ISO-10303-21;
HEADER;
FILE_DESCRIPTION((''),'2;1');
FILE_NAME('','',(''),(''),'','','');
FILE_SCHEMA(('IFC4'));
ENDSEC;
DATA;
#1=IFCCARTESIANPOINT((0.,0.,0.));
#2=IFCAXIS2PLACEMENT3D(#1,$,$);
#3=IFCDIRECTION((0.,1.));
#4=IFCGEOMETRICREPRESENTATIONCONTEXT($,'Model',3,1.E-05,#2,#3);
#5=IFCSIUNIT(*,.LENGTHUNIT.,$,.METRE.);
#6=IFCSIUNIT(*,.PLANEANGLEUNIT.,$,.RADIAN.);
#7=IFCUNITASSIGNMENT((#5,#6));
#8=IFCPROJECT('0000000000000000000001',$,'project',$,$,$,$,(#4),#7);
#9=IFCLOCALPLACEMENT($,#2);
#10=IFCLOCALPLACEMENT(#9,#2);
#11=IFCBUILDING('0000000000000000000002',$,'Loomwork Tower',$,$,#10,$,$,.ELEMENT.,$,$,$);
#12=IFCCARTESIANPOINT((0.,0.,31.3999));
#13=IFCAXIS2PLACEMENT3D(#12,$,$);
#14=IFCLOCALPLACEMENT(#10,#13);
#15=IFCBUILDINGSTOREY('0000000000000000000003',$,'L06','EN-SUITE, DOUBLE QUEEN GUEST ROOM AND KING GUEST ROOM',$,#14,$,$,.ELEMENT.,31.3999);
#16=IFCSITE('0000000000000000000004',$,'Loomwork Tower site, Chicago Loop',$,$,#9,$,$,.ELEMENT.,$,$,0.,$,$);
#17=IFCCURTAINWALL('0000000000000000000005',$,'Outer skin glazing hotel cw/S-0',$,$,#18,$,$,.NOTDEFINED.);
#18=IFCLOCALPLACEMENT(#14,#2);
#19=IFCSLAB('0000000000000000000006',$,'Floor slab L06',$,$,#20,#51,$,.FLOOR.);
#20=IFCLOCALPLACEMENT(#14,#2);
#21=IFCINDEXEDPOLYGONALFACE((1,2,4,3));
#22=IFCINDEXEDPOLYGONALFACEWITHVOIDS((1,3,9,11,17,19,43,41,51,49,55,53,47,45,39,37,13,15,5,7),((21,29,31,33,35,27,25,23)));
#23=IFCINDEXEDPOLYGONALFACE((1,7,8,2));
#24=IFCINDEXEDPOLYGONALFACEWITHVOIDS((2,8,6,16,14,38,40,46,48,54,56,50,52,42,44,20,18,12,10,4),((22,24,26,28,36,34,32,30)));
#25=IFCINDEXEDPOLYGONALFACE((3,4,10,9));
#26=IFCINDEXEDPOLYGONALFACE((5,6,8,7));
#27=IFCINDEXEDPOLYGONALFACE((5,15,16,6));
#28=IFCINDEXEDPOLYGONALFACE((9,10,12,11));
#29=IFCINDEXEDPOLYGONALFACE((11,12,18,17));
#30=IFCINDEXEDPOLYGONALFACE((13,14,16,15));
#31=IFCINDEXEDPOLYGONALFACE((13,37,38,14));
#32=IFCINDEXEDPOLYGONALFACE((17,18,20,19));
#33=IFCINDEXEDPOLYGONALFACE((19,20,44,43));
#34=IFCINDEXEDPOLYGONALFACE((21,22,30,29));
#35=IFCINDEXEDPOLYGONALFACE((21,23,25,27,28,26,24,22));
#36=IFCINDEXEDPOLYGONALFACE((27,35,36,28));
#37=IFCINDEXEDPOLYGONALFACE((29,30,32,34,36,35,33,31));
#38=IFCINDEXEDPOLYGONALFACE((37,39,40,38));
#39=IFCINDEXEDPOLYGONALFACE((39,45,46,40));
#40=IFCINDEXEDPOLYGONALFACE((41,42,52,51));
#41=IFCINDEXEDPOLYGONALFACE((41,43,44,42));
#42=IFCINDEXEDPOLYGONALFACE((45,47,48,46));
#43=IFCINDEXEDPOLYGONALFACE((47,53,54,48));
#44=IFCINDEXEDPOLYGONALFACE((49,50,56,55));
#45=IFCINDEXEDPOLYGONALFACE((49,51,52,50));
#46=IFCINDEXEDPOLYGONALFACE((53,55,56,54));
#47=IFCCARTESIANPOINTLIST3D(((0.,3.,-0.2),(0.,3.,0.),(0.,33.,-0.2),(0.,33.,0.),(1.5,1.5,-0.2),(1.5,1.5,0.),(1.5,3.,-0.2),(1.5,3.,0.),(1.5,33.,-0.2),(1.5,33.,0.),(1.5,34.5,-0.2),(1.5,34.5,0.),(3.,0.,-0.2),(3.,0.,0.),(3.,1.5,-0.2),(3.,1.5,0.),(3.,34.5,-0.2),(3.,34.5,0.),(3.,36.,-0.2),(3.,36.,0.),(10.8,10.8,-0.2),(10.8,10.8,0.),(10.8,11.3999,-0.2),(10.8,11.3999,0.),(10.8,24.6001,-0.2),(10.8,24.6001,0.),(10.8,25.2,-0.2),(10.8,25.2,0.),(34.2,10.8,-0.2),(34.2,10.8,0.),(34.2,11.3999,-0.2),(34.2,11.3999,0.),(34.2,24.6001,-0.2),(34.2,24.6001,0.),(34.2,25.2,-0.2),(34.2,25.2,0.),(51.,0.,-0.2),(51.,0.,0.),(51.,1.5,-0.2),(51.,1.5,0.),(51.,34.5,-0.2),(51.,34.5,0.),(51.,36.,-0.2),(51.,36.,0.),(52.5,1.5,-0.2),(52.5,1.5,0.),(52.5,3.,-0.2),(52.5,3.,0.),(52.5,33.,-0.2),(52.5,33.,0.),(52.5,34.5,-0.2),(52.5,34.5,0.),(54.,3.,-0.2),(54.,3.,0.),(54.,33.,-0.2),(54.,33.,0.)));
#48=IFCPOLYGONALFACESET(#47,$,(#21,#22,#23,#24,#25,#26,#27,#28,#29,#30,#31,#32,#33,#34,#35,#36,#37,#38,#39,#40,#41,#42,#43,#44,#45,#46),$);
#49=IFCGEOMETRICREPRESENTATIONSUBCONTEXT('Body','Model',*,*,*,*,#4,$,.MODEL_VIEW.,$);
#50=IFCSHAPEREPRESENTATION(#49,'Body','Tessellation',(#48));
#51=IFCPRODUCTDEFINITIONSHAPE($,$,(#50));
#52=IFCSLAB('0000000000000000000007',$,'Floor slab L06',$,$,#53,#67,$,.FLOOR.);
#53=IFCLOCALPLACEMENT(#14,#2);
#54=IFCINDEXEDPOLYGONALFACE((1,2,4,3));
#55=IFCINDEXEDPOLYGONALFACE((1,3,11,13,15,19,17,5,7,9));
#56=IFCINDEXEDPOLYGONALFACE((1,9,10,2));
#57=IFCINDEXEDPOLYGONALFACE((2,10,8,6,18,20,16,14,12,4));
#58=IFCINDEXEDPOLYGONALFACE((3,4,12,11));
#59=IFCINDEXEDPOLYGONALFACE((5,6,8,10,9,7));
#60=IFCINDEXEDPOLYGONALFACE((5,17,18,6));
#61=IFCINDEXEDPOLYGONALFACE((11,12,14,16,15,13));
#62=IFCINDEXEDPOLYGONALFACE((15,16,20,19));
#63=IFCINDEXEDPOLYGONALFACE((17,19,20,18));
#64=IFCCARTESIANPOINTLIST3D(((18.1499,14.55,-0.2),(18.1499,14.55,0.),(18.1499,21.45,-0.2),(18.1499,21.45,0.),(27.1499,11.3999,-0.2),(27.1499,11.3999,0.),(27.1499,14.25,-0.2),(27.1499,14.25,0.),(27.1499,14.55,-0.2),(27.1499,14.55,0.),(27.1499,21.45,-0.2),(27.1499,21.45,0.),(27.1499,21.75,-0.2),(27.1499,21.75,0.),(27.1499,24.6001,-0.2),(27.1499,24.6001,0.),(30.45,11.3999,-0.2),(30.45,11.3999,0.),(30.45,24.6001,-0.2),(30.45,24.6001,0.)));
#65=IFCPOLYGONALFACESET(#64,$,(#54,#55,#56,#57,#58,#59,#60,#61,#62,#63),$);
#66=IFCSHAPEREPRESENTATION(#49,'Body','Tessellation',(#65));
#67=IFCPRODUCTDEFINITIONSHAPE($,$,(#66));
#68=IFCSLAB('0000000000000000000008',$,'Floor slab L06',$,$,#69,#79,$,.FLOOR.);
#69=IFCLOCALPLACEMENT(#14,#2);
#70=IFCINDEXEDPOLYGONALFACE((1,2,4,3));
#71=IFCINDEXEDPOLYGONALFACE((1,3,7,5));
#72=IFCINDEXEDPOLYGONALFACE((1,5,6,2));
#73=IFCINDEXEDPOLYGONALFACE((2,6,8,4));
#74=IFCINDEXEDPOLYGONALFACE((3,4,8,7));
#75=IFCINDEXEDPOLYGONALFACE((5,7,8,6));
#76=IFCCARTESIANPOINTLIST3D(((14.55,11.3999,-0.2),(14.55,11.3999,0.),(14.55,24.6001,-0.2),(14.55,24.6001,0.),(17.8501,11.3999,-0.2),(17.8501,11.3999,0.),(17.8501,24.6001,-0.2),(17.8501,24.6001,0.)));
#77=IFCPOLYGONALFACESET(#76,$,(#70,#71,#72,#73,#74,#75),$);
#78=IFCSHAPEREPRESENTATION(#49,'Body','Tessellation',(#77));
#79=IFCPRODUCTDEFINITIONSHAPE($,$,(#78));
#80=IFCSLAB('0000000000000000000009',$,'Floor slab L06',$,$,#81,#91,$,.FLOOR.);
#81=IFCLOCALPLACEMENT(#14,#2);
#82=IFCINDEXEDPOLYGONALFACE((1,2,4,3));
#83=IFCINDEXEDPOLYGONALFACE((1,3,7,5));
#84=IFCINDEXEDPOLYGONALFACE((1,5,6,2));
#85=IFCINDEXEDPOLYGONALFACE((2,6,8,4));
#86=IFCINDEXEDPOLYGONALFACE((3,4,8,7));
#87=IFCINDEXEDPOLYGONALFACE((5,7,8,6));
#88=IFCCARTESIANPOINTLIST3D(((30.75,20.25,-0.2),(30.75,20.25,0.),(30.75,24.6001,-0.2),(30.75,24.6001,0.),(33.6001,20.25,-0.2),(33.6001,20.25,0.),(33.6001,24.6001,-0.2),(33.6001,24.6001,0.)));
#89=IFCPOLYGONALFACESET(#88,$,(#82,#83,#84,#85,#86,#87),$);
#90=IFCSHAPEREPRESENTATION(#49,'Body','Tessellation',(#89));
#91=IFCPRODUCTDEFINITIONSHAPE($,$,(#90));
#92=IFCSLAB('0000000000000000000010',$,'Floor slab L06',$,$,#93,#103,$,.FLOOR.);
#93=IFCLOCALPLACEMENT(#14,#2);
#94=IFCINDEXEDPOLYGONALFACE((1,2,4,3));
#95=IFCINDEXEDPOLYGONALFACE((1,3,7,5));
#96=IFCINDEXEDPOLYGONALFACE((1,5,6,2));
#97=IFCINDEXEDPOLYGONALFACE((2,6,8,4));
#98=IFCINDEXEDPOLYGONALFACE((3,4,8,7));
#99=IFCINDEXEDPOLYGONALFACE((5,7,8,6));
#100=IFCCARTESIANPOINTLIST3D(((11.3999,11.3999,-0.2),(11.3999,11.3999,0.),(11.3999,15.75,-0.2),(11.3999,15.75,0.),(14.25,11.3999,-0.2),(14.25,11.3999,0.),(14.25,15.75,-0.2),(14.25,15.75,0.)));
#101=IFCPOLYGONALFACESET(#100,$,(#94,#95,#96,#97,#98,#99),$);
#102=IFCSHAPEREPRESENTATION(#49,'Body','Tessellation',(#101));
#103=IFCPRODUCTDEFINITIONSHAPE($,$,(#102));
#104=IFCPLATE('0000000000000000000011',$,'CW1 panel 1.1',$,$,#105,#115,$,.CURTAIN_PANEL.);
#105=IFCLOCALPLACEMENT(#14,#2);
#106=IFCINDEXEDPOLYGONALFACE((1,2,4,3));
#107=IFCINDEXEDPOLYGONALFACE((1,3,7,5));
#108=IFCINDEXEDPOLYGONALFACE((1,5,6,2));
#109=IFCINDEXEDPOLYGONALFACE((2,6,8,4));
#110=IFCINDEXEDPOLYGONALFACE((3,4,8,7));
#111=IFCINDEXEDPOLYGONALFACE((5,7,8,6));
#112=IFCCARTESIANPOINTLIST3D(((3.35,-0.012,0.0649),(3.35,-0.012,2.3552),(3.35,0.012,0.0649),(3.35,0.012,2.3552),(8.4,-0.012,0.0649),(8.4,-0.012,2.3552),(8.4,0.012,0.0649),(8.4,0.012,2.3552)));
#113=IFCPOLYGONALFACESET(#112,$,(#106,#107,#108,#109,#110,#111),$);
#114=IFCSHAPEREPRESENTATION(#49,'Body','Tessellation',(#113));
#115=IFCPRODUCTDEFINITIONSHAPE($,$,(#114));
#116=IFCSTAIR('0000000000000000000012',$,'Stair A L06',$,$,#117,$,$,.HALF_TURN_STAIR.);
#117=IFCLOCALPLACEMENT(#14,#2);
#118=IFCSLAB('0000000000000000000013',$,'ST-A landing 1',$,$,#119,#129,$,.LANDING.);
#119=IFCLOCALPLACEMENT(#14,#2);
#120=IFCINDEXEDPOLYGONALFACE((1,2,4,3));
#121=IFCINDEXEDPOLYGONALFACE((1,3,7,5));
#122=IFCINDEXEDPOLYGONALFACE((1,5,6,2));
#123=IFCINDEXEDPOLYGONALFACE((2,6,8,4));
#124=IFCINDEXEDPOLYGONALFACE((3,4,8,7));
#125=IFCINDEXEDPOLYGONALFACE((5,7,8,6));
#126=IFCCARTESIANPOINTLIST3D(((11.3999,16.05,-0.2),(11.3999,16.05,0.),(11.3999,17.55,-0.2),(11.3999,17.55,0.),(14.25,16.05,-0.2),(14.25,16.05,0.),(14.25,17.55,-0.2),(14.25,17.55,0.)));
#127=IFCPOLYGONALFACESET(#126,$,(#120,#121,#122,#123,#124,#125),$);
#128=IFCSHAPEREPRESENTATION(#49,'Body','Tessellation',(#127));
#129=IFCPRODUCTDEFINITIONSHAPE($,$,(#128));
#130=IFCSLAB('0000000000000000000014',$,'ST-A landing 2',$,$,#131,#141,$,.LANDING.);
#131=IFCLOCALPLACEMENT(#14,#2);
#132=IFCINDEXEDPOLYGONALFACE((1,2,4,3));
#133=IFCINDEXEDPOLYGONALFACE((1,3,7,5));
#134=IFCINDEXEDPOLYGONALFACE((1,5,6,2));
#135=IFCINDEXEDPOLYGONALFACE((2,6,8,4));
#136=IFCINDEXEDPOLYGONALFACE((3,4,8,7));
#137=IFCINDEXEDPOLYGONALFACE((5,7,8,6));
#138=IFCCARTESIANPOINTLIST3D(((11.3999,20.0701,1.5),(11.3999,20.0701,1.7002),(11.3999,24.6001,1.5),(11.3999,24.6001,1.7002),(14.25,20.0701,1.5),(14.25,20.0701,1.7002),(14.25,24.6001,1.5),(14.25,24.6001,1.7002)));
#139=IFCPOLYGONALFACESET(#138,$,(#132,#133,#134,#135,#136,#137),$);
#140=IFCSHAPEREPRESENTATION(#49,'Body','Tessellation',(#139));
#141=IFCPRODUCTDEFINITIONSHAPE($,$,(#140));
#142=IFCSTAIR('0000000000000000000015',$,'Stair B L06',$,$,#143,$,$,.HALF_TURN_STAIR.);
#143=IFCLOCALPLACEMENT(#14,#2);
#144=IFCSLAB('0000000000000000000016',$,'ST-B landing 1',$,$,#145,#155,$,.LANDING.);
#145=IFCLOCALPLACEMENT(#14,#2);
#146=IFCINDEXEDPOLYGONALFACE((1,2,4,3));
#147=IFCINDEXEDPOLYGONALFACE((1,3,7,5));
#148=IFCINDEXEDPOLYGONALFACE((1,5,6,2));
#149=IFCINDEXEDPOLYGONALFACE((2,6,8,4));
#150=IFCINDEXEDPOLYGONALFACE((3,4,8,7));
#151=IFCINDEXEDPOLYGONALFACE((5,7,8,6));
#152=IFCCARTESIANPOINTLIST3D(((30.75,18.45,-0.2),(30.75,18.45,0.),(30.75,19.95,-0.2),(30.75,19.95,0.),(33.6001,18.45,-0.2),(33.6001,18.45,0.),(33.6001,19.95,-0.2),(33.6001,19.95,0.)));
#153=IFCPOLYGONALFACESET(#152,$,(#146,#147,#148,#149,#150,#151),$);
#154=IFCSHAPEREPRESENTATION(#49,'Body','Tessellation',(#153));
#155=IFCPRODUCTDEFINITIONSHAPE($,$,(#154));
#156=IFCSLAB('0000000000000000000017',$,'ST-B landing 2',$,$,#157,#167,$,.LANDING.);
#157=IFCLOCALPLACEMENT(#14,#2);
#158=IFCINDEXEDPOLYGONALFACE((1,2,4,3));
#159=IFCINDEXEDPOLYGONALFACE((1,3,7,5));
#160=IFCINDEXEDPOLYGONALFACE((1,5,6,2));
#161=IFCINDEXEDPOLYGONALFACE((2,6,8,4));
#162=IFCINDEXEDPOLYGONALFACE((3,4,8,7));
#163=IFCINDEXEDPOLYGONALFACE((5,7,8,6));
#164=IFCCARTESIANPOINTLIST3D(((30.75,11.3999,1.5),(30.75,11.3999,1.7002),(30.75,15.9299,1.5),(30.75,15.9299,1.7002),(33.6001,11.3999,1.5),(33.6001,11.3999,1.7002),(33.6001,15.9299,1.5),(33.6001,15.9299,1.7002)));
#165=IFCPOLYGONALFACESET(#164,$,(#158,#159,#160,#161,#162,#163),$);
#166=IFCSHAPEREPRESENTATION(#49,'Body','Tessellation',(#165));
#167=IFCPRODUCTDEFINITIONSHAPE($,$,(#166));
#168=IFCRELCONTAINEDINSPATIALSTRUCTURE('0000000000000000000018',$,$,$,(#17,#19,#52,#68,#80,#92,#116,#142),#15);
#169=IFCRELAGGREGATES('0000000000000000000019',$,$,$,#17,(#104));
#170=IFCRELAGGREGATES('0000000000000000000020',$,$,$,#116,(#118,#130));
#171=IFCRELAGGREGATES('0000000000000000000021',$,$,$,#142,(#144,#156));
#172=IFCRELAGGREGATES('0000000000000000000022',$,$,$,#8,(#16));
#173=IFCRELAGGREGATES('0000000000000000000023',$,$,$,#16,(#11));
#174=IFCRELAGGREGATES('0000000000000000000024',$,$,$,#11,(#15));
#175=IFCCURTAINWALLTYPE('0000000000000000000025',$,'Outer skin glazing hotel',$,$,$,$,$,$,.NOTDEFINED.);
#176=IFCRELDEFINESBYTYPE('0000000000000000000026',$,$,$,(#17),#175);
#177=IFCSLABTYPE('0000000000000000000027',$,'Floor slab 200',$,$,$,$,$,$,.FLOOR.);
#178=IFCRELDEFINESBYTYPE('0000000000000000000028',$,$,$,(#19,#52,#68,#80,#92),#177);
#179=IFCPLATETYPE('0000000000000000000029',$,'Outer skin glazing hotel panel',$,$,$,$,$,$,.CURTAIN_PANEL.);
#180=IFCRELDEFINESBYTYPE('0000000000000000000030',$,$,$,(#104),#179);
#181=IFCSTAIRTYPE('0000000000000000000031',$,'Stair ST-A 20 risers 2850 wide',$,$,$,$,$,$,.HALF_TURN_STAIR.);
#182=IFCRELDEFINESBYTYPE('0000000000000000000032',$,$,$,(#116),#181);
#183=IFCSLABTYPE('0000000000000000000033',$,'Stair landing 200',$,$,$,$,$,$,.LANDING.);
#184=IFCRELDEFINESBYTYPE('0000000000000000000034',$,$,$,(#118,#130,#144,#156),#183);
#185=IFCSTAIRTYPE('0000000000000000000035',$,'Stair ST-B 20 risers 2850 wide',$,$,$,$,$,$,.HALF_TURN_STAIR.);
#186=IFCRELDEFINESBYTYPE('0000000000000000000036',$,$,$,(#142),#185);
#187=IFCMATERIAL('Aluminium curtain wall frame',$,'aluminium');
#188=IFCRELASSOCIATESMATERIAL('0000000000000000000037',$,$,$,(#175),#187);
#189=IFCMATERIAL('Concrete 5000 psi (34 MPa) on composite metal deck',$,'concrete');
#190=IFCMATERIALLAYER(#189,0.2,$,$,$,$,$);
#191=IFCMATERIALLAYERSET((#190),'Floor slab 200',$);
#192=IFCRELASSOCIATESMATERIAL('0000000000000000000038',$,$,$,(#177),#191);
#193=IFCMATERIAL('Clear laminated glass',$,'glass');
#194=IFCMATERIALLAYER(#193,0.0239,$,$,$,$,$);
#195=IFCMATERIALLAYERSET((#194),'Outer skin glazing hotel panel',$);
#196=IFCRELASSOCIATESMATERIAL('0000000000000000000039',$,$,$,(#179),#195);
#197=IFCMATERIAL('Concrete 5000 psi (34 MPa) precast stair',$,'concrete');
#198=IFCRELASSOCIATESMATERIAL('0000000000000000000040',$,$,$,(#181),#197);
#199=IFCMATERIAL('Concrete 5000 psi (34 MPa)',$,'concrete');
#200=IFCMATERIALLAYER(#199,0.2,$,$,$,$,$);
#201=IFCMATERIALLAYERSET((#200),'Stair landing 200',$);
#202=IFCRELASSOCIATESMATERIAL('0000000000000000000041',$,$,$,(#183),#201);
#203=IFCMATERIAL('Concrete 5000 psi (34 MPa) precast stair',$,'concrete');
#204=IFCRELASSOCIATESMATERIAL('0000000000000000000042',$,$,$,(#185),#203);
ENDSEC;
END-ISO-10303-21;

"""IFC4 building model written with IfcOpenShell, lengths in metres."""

from ifc_helpers import new_model, si_unit, direction, frame, origin, origin_2d, place, context, subcontext, project, spatial, polyline, rectangle, outline, extrude, material, layer, layer_set, type_object, element, aggregate, save


model = new_model("IFC4")

# Units and contexts
model_context = context("Model", 3, precision=1e-05, world=origin(), true_north=direction((0.0, 1.0)))
body_context = subcontext(model_context, "Body", "Model", "MODEL_VIEW")
ifc_project = project(units=[si_unit("LENGTHUNIT", "METRE"), si_unit("PLANEANGLEUNIT", "RADIAN")], contexts=[model_context])

# Site, building, storey
site_placement = place(None, origin())
site = spatial("IfcSite", under=ifc_project, at=site_placement, Name="Loomwork Tower site, Chicago Loop", CompositionType="ELEMENT", RefElevation=0.0)
building_placement = place(site_placement, origin())
building = spatial("IfcBuilding", under=site, at=building_placement, Name="Loomwork Tower", CompositionType="ELEMENT")
storey_placement = place(building_placement, frame((0.0, 0.0, 31.3999)))
storey = spatial("IfcBuildingStorey", under=building, at=storey_placement, Name="L06", Description="EN-SUITE, DOUBLE QUEEN GUEST ROOM AND KING GUEST ROOM", CompositionType="ELEMENT", Elevation=31.3999)

# Curtain wall
ifc_material_1 = material(Name="Aluminium curtain wall frame", Category="aluminium")
curtain_wall_type = type_object("IfcCurtainWallType", Name="Outer skin glazing hotel", PredefinedType="NOTDEFINED", material=ifc_material_1)
curtain_wall_1_placement = place(storey_placement, origin())
curtain_wall_1 = element("IfcCurtainWall", 1, at=curtain_wall_1_placement, inside=storey, type_object=curtain_wall_type, Name="Outer skin glazing hotel cw/S-0", PredefinedType="NOTDEFINED")

# Slabs
ifc_material_2 = material(Name="Concrete 5000 psi (34 MPa) on composite metal deck", Category="concrete")
ifc_layer_1 = layer(ifc_material_2, 0.2)
ifc_layer_set_1 = layer_set([ifc_layer_1], Name="Floor slab 200")
slab_type_1 = type_object("IfcSlabType", Name="Floor slab 200", PredefinedType="FLOOR", material=ifc_layer_set_1)
slab_1_placement = place(storey_placement, frame((0.0, 0.0, -0.2)))
element("IfcSlab", 2, at=slab_1_placement, inside=storey, type_object=slab_type_1, Name="Floor slab L06", PredefinedType="FLOOR", context=body_context, shape_type="SweptSolid", body=[
    extrude(outline(polyline([(3.0, 1.5), (1.5, 1.5), (1.5, 3.0), (0.0, 3.0), (0.0, 33.0), (1.5, 33.0), (1.5, 34.5), (3.0, 34.5), (3.0, 36.0), (51.0, 36.0), (51.0, 34.5), (52.5, 34.5), (52.5, 33.0), (54.0, 33.0), (54.0, 3.0), (52.5, 3.0), (52.5, 1.5), (51.0, 1.5), (51.0, 0.0), (3.0, 0.0), (3.0, 1.5)]), holes=[polyline([(10.8, 11.3999), (10.8, 11.3999), (10.8, 10.8), (34.2, 10.8), (34.2, 11.3999), (34.2, 11.3999), (34.2, 24.6001), (34.2, 25.2), (10.8, 25.2), (10.8, 24.6001), (10.8, 11.3999)])]), origin(), (0.0, 0.0, 1.0), 0.2),
])
slab_2_placement = place(storey_placement, frame((0.0, 0.0, -0.2)))
element("IfcSlab", 3, at=slab_2_placement, inside=storey, type_object=slab_type_1, Name="Floor slab L06", PredefinedType="FLOOR", context=body_context, shape_type="SweptSolid", body=[
    extrude(outline(polyline([(30.45, 24.6001), (30.45, 11.3999), (27.1499, 11.3999), (27.1499, 14.25), (27.1499, 14.55), (18.1499, 14.55), (18.1499, 21.45), (27.1499, 21.45), (27.1499, 21.75), (27.1499, 24.6001), (30.45, 24.6001)])), origin(), (0.0, 0.0, 1.0), 0.2),
])
slab_3_placement = place(storey_placement, frame((0.0, 0.0, -0.2)))
element("IfcSlab", 4, at=slab_3_placement, inside=storey, type_object=slab_type_1, Name="Floor slab L06", PredefinedType="FLOOR", context=body_context, shape_type="SweptSolid", body=[
    extrude(outline(polyline([(14.55, 11.3999), (14.55, 24.6001), (17.8501, 24.6001), (17.8501, 11.3999), (14.55, 11.3999)])), origin(), (0.0, 0.0, 1.0), 0.2),
])
slab_4_placement = place(storey_placement, frame((0.0, 0.0, -0.2)))
element("IfcSlab", 5, at=slab_4_placement, inside=storey, type_object=slab_type_1, Name="Floor slab L06", PredefinedType="FLOOR", context=body_context, shape_type="SweptSolid", body=[
    extrude(outline(polyline([(33.6001, 20.25), (30.75, 20.25), (30.75, 24.6001), (33.6001, 24.6001), (33.6001, 20.25)])), origin(), (0.0, 0.0, 1.0), 0.2),
])
slab_5_placement = place(storey_placement, frame((0.0, 0.0, -0.2)))
element("IfcSlab", 6, at=slab_5_placement, inside=storey, type_object=slab_type_1, Name="Floor slab L06", PredefinedType="FLOOR", context=body_context, shape_type="SweptSolid", body=[
    extrude(outline(polyline([(14.25, 15.75), (14.25, 11.3999), (11.3999, 11.3999), (11.3999, 15.75), (14.25, 15.75)])), origin(), (0.0, 0.0, 1.0), 0.2),
])

# Plate
ifc_material_3 = material(Name="Clear laminated glass", Category="glass")
ifc_layer_2 = layer(ifc_material_3, 0.0239)
ifc_layer_set_2 = layer_set([ifc_layer_2], Name="Outer skin glazing hotel panel")
plate_type = type_object("IfcPlateType", Name="Outer skin glazing hotel panel", PredefinedType="CURTAIN_PANEL", material=ifc_layer_set_2)
plate_placement = place(storey_placement, frame((5.875, 0.0, 0.0649), z_axis=(0.0, 0.0, 1.0), x_axis=(1.0, 0.0, 0.0)))
plate = element("IfcPlate", 7, at=plate_placement, type_object=plate_type, Name="CW1 panel 1.1", PredefinedType="CURTAIN_PANEL", context=body_context, shape_type="SweptSolid", body=[
    extrude(rectangle(XDim=5.05, YDim=0.0239, at=origin_2d()), origin(), (0.0, 0.0, 1.0), 2.2903),
])
aggregate(curtain_wall_1, [plate])

# Stairs, slabs
ifc_material_4 = material(Name="Concrete 5000 psi (34 MPa) precast stair", Category="concrete")
stair_type_1 = type_object("IfcStairType", Name="Stair ST-A 20 risers 2850 wide", PredefinedType="HALF_TURN_STAIR", material=ifc_material_4)
stair_1_placement = place(storey_placement, origin())
stair_1 = element("IfcStair", 8, at=stair_1_placement, inside=storey, type_object=stair_type_1, Name="Stair A L06", PredefinedType="HALF_TURN_STAIR")
ifc_material_5 = material(Name="Concrete 5000 psi (34 MPa)", Category="concrete")
ifc_layer_3 = layer(ifc_material_5, 0.2)
ifc_layer_set_3 = layer_set([ifc_layer_3], Name="Stair landing 200")
slab_type_2 = type_object("IfcSlabType", Name="Stair landing 200", PredefinedType="LANDING", material=ifc_layer_set_3)
slab_6_placement = place(storey_placement, frame((0.0, 0.0, -0.2)))
slab_6 = element("IfcSlab", 9, at=slab_6_placement, type_object=slab_type_2, Name="ST-A landing 1", PredefinedType="LANDING", context=body_context, shape_type="SweptSolid", body=[
    extrude(outline(polyline([(11.3999, 16.05), (14.25, 16.05), (14.25, 17.55), (11.3999, 17.55), (11.3999, 16.05)])), origin(), (0.0, 0.0, 1.0), 0.2),
])
slab_7_placement = place(storey_placement, frame((0.0, 0.0, 1.5)))
slab_7 = element("IfcSlab", 10, at=slab_7_placement, type_object=slab_type_2, Name="ST-A landing 2", PredefinedType="LANDING", context=body_context, shape_type="SweptSolid", body=[
    extrude(outline(polyline([(11.3999, 20.0701), (14.25, 20.0701), (14.25, 24.6001), (11.3999, 24.6001), (11.3999, 20.0701)])), origin(), (0.0, 0.0, 1.0), 0.2002),
])
aggregate(stair_1, [slab_6, slab_7])
ifc_material_6 = material(Name="Concrete 5000 psi (34 MPa) precast stair", Category="concrete")
stair_type_2 = type_object("IfcStairType", Name="Stair ST-B 20 risers 2850 wide", PredefinedType="HALF_TURN_STAIR", material=ifc_material_6)
stair_2_placement = place(storey_placement, origin())
stair_2 = element("IfcStair", 11, at=stair_2_placement, inside=storey, type_object=stair_type_2, Name="Stair B L06", PredefinedType="HALF_TURN_STAIR")
slab_8_placement = place(storey_placement, frame((0.0, 0.0, -0.2)))
slab_8 = element("IfcSlab", 12, at=slab_8_placement, type_object=slab_type_2, Name="ST-B landing 1", PredefinedType="LANDING", context=body_context, shape_type="SweptSolid", body=[
    extrude(outline(polyline([(30.75, 18.45), (33.6001, 18.45), (33.6001, 19.95), (30.75, 19.95), (30.75, 18.45)])), origin(), (0.0, 0.0, 1.0), 0.2),
])
slab_9_placement = place(storey_placement, frame((0.0, 0.0, 1.5)))
slab_9 = element("IfcSlab", 13, at=slab_9_placement, type_object=slab_type_2, Name="ST-B landing 2", PredefinedType="LANDING", context=body_context, shape_type="SweptSolid", body=[
    extrude(outline(polyline([(30.75, 11.3999), (33.6001, 11.3999), (33.6001, 15.9299), (30.75, 15.9299), (30.75, 11.3999)])), origin(), (0.0, 0.0, 1.0), 0.2002),
])
aggregate(stair_2, [slab_8, slab_9])

save(model, "model.ifc")
